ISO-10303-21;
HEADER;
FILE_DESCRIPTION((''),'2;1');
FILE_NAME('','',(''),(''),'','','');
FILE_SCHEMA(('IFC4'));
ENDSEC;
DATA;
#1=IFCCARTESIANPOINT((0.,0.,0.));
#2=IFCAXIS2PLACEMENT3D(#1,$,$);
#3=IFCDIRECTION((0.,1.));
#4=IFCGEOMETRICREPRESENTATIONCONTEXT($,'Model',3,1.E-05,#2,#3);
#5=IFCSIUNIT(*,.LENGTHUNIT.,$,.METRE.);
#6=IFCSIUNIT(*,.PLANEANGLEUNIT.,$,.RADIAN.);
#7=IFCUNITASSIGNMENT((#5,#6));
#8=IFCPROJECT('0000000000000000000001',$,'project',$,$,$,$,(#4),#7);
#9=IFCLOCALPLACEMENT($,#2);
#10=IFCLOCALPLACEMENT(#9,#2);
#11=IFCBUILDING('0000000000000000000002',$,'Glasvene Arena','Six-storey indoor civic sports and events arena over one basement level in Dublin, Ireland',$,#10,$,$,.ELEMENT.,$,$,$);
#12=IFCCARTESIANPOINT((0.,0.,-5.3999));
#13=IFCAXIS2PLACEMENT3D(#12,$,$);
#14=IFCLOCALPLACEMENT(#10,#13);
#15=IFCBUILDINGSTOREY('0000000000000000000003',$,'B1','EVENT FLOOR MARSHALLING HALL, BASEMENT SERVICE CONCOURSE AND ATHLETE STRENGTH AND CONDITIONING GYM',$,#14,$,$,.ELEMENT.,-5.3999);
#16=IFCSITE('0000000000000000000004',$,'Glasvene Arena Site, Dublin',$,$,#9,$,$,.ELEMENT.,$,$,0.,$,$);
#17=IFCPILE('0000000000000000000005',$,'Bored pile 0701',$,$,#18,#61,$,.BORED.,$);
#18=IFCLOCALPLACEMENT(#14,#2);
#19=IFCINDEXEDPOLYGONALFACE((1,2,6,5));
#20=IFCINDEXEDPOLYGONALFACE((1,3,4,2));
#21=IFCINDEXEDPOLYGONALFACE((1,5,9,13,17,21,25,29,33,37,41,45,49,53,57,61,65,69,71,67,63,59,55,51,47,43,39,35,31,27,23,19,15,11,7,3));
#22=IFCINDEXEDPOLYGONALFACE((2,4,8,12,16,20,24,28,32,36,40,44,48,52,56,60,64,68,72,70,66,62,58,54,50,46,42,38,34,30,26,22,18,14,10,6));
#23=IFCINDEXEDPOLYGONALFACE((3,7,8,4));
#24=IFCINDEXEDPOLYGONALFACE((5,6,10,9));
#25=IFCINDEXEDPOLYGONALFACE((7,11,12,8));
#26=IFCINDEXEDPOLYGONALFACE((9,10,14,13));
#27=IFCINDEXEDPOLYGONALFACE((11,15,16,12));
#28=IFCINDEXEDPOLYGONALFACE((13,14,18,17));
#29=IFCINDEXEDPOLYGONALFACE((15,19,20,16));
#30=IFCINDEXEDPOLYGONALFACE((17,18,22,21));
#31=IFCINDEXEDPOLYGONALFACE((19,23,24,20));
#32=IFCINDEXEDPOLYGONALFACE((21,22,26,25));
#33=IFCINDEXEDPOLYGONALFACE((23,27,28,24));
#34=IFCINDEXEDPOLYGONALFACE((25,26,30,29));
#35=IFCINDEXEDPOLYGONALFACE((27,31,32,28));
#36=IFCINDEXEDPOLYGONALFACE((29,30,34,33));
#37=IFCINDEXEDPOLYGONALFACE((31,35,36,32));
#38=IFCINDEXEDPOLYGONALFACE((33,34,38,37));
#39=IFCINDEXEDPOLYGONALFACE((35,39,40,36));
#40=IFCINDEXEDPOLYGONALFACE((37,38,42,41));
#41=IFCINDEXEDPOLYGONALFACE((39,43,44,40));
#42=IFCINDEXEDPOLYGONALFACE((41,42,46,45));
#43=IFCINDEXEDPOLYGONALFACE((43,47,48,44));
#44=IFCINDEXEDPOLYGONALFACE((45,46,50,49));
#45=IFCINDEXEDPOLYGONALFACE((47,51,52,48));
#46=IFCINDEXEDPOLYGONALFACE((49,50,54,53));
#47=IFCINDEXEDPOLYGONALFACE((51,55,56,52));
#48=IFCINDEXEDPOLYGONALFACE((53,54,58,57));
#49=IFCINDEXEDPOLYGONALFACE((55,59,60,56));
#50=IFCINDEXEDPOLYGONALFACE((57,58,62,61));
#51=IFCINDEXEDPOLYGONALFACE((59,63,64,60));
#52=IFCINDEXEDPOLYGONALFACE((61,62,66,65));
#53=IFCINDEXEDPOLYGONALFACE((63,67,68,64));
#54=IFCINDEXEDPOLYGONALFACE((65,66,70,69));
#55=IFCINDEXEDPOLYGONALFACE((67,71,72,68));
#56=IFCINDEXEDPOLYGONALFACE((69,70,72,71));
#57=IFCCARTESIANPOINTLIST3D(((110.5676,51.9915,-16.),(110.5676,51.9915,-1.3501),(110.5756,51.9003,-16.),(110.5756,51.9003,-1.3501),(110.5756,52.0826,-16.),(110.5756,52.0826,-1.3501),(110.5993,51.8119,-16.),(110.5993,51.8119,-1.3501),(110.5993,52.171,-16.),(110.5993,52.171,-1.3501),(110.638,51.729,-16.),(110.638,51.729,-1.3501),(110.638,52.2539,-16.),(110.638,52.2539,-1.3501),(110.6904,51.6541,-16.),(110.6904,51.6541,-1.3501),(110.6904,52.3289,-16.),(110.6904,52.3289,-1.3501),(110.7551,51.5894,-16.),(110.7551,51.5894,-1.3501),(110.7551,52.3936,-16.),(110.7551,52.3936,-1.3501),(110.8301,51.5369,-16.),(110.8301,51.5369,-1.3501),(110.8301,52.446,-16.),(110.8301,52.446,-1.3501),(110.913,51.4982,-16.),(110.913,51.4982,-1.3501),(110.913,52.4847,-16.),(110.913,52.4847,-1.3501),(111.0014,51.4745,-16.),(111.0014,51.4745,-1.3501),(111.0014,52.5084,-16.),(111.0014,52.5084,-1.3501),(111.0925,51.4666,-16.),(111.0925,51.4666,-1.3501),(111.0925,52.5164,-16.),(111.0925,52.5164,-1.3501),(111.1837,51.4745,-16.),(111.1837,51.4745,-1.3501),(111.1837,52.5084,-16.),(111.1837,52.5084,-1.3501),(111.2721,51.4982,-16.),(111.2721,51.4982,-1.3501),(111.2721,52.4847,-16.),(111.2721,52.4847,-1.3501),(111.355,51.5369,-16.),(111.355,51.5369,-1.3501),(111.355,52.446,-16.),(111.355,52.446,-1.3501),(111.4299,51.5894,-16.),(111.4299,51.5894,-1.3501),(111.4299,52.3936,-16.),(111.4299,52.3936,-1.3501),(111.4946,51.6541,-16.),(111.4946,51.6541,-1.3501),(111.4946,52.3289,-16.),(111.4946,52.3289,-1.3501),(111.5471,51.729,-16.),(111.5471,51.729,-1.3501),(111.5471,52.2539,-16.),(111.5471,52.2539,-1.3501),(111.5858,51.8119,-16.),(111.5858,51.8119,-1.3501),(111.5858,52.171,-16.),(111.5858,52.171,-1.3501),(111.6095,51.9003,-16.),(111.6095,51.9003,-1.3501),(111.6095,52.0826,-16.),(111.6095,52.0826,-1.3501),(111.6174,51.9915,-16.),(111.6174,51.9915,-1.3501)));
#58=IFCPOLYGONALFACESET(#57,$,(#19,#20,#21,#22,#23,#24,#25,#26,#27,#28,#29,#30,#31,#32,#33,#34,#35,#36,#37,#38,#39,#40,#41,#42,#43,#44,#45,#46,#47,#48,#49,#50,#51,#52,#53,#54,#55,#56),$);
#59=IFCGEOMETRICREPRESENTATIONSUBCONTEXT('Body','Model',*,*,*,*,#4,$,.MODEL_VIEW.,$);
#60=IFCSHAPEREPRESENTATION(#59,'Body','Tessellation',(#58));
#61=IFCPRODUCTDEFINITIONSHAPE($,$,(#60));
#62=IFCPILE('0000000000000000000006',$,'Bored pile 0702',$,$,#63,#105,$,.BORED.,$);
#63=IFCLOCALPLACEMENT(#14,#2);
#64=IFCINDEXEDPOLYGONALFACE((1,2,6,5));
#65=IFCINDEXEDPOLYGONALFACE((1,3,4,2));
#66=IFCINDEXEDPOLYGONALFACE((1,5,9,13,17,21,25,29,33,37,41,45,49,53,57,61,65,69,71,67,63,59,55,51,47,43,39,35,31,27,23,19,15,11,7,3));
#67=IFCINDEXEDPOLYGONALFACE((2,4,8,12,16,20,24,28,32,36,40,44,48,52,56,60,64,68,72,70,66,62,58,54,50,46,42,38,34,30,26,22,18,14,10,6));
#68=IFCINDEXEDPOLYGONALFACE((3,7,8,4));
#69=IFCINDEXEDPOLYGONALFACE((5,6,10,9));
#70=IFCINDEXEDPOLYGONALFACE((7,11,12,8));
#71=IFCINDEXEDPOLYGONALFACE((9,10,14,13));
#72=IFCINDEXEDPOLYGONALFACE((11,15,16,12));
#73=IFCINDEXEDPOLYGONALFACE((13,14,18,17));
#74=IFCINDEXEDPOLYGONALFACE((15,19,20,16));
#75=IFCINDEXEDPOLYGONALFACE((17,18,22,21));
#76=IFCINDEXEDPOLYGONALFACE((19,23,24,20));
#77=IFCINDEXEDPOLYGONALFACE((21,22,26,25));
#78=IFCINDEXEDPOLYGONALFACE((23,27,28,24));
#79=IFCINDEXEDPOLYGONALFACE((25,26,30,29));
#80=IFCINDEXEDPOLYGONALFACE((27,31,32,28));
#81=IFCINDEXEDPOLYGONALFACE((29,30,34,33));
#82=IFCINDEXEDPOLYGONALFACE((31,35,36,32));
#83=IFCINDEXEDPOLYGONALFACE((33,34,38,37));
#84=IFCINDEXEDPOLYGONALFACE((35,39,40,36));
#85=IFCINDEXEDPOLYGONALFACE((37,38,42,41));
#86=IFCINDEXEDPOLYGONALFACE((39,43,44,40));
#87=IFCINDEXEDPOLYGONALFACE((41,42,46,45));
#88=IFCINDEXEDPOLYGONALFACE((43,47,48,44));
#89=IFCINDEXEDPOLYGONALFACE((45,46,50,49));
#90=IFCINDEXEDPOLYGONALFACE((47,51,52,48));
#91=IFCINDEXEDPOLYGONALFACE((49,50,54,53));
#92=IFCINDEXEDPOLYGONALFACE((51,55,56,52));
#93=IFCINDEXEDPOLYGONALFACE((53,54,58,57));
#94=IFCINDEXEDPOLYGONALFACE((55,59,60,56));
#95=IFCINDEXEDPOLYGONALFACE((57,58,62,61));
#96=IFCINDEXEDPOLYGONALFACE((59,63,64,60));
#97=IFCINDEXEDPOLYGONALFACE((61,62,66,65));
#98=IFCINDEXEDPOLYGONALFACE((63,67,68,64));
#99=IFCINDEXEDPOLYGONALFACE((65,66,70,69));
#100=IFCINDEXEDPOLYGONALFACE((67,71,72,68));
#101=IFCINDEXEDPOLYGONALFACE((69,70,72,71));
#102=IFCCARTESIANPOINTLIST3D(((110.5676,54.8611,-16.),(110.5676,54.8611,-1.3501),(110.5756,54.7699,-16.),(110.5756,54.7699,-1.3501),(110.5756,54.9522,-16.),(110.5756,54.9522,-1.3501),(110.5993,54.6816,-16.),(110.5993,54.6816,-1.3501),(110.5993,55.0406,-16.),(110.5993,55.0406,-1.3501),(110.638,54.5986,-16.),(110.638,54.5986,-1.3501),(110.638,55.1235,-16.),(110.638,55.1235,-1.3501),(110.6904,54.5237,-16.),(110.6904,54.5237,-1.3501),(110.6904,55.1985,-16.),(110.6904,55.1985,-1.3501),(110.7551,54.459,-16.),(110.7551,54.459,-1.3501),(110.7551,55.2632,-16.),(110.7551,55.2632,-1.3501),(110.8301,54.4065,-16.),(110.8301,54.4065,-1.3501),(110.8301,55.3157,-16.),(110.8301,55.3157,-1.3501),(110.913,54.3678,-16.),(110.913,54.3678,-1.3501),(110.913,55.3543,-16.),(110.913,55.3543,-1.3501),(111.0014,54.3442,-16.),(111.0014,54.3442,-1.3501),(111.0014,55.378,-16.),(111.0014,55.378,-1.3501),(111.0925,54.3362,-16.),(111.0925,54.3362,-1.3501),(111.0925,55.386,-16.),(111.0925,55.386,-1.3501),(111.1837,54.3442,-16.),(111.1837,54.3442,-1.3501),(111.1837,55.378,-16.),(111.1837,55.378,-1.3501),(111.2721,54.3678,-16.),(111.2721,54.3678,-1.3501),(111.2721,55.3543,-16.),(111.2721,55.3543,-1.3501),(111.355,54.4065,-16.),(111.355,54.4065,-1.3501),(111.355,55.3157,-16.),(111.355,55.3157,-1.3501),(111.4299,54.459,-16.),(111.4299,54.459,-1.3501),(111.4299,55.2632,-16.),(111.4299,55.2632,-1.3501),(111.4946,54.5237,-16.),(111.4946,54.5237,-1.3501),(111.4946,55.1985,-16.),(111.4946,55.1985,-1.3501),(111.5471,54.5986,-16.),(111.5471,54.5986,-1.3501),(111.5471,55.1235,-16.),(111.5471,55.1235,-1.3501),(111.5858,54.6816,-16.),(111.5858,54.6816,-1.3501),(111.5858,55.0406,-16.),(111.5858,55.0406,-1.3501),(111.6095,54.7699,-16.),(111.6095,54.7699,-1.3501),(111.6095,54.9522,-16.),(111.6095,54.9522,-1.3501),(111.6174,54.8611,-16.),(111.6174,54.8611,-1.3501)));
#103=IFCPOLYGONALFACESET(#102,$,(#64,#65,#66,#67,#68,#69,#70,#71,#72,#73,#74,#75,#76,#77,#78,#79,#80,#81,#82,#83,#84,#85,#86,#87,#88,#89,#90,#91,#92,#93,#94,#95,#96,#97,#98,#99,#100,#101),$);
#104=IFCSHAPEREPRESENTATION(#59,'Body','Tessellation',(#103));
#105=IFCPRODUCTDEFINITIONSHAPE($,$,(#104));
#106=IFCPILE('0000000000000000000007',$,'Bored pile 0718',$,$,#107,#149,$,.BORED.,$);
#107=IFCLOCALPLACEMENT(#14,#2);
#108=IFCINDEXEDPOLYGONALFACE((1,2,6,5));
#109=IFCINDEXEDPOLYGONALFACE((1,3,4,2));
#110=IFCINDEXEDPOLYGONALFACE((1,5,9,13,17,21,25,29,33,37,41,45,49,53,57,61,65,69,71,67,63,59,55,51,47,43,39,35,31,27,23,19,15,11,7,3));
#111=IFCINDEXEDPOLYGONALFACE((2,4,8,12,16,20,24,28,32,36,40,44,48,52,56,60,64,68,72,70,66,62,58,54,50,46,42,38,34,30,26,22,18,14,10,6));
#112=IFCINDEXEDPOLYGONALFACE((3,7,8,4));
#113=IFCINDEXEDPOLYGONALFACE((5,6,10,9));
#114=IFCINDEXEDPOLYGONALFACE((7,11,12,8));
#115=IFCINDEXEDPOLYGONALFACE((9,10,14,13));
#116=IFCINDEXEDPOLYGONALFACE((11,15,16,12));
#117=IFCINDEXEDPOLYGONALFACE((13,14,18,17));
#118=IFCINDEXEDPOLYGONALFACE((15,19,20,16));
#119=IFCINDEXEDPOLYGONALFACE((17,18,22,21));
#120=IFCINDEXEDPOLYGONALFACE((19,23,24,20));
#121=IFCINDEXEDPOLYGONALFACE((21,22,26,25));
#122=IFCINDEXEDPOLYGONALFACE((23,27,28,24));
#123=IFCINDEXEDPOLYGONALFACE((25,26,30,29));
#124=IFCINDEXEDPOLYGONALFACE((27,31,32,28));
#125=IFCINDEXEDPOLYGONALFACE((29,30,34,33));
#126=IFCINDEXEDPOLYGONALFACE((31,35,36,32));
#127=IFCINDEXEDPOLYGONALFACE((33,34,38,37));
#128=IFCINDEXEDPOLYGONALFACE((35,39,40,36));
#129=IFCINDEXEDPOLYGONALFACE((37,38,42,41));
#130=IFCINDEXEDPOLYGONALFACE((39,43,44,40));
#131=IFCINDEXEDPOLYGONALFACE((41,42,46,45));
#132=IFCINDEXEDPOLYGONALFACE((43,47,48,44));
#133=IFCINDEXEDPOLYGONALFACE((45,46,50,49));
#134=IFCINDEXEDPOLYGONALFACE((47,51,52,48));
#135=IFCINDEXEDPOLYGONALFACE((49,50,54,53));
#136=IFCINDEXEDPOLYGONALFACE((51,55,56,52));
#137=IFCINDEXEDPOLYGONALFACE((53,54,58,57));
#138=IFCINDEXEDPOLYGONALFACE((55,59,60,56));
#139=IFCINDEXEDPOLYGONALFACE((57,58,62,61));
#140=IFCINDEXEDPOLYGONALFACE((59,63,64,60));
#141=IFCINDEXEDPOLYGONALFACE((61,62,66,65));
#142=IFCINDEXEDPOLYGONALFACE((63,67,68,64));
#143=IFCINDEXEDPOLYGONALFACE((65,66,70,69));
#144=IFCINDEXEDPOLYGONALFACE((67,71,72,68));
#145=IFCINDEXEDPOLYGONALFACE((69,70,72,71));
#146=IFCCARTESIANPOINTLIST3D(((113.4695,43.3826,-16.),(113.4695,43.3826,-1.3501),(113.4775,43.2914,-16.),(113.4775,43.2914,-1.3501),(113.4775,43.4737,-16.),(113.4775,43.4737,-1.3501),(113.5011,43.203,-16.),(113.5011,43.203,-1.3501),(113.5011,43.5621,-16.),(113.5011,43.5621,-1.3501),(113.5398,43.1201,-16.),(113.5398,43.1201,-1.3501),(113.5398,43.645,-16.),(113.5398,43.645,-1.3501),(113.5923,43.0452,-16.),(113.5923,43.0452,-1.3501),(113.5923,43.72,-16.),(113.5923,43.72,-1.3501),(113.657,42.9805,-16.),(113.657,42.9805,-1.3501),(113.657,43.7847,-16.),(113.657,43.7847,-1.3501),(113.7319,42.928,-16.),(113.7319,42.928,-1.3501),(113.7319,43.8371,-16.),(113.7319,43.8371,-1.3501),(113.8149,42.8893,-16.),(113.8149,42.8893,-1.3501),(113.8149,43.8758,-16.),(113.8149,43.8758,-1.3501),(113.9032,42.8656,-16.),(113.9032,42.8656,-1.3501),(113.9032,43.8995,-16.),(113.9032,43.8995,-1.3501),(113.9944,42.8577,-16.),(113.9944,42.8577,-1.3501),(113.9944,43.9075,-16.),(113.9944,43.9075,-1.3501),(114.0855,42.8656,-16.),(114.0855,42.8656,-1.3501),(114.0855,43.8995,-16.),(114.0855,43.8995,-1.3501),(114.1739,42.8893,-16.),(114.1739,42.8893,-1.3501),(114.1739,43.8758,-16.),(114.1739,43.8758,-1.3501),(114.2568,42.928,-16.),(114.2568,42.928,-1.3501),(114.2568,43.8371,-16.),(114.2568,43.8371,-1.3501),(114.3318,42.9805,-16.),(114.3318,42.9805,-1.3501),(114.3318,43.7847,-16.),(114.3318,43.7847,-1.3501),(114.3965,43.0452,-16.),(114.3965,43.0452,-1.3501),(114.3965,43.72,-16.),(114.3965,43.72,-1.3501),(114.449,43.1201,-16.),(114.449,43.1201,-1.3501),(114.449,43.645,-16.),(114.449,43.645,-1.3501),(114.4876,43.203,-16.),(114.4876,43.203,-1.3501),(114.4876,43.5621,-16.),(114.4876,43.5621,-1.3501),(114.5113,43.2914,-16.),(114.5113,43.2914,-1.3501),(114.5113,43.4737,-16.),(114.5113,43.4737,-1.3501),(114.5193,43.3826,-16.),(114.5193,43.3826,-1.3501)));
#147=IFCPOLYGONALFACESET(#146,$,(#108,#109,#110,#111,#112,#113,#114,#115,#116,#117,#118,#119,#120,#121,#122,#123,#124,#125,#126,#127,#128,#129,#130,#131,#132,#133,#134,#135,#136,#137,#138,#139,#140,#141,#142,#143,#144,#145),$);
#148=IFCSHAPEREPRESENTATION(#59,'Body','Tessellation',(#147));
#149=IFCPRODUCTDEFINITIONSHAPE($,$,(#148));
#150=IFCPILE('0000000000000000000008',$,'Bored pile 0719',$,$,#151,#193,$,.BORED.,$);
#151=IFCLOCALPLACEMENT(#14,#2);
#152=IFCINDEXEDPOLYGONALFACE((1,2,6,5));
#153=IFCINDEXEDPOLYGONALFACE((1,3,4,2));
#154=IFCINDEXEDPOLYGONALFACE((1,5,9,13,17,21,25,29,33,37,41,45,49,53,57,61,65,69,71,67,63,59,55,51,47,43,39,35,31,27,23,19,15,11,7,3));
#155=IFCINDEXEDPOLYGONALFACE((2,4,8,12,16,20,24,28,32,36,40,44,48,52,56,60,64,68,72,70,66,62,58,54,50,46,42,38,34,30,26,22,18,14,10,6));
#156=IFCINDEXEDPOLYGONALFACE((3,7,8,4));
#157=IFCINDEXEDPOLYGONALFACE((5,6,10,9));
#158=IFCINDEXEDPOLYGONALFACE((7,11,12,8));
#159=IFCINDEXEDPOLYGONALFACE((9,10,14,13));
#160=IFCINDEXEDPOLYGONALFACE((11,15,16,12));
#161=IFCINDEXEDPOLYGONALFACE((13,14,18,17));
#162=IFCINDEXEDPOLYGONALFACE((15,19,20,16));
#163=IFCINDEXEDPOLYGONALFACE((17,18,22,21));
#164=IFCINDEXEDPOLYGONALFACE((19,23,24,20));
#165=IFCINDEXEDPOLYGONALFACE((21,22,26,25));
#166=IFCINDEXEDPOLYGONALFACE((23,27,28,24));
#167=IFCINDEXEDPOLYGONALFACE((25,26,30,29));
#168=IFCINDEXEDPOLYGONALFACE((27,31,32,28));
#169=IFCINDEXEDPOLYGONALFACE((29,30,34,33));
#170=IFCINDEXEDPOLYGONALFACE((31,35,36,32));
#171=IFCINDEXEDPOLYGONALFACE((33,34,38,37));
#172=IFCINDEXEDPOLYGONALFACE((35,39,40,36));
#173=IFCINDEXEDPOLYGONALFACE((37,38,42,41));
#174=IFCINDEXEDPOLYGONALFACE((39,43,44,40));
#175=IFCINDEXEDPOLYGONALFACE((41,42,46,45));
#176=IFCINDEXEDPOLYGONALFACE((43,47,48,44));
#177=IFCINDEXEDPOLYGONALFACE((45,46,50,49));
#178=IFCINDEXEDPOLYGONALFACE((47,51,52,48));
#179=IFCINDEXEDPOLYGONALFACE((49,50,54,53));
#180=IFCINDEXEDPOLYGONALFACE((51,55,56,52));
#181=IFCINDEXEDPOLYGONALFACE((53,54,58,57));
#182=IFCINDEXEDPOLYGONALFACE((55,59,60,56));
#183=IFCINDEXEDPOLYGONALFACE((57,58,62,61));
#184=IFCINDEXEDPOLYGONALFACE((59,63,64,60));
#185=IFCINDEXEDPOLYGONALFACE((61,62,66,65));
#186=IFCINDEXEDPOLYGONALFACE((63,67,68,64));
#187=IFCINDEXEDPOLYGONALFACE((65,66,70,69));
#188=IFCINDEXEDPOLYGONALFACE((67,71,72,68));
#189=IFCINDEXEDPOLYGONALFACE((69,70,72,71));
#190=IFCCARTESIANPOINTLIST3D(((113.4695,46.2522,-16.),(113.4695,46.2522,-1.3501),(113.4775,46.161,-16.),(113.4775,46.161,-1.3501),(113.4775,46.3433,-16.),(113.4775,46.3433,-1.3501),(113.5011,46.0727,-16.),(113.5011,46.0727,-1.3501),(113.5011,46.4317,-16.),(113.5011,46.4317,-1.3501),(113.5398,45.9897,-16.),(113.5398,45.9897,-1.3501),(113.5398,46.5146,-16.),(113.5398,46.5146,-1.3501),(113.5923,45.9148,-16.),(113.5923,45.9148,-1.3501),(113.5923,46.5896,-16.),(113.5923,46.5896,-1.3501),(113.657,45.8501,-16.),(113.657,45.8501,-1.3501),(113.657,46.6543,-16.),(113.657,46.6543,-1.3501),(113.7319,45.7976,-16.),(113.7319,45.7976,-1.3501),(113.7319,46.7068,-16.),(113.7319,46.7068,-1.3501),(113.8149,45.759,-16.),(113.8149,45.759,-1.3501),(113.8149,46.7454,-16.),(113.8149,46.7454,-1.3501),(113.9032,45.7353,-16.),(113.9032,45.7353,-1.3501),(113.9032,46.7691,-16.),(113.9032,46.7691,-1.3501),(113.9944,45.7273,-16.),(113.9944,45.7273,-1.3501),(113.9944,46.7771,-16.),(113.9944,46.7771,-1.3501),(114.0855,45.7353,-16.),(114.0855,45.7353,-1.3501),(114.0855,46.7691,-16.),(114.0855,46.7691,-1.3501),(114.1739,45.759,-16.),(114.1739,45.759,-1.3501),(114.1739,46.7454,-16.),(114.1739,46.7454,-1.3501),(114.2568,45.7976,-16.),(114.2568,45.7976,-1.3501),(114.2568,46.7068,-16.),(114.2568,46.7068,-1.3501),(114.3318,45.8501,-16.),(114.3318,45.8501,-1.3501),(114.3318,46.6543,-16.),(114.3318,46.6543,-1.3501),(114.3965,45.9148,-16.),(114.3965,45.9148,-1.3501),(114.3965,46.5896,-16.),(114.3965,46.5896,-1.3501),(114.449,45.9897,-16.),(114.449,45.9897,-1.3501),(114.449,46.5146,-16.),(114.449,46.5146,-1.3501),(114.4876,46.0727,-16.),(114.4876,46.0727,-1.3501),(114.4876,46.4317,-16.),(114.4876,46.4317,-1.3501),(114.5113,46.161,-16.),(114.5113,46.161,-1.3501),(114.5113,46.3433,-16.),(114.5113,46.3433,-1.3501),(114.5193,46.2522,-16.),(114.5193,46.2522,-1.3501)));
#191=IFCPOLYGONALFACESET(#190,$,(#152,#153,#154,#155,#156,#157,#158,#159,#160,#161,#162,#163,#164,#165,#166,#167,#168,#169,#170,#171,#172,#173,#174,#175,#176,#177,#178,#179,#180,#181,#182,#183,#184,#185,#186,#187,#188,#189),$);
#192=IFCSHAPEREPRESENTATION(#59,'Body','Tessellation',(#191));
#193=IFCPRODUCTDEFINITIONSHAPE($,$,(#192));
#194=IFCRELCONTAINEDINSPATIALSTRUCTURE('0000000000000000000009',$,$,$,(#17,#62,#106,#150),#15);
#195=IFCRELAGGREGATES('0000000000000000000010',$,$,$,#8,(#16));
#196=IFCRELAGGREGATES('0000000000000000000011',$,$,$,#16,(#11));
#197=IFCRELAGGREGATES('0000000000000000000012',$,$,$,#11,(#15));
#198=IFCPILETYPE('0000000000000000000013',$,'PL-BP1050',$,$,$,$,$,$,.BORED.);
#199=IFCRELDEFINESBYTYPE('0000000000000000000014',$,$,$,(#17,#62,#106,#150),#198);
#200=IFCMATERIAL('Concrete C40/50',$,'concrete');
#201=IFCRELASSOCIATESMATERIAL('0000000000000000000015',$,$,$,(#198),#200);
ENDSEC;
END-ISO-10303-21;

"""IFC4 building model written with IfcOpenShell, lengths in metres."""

from ifc_helpers import new_model, si_unit, direction, frame, origin, origin_2d, place, context, subcontext, project, spatial, circle, extrude, material, material_profile, profile_set, type_object, element, save


model = new_model("IFC4")

# Units and contexts
model_context = context("Model", 3, precision=1e-05, world=origin(), true_north=direction((0.0, 1.0)))
body_context = subcontext(model_context, "Body", "Model", "MODEL_VIEW")
ifc_project = project(units=[si_unit("LENGTHUNIT", "METRE"), si_unit("PLANEANGLEUNIT", "RADIAN")], contexts=[model_context])

# Site, building, storey
site_placement = place(None, origin())
site = spatial("IfcSite", under=ifc_project, at=site_placement, Name="Glasvene Arena Site, Dublin", CompositionType="ELEMENT", RefElevation=0.0)
building_placement = place(site_placement, origin())
building = spatial("IfcBuilding", under=site, at=building_placement, Name="Glasvene Arena", Description="Six-storey indoor civic sports and events arena over one basement level in Dublin, Ireland", CompositionType="ELEMENT")
storey_placement = place(building_placement, frame((0.0, 0.0, -5.3999)))
storey = spatial("IfcBuildingStorey", under=building, at=storey_placement, Name="B1", Description="EVENT FLOOR MARSHALLING HALL, BASEMENT SERVICE CONCOURSE AND ATHLETE STRENGTH AND CONDITIONING GYM", CompositionType="ELEMENT", Elevation=-5.3999)

# Piles
ifc_material_1 = material(Name="Concrete C40/50", Category="concrete")
ifc_material_profile_1 = material_profile(ifc_material_1, circle(Radius=0.5249, at=origin_2d()), Name="BORED PILE 1050")
ifc_profile_set_1 = profile_set([ifc_material_profile_1], Name="Concrete C40/50")
pile_type = type_object("IfcPileType", Name="PL-BP1050", PredefinedType="BORED", material=ifc_profile_set_1)
for number, where, z_axis, x_axis, name in (
    (1, (111.0925, 51.9915, -1.3501), (0.0, 0.0, -1.0), (1.0, 0.0, 0.0), "Bored pile 0701"),
    (2, (111.0925, 54.8611, -1.3501), (0.0, 0.0, -1.0), (1.0, 0.0, 0.0), "Bored pile 0702"),
    (3, (113.9944, 43.3826, -1.3501), (0.0, 0.0, -1.0), (1.0, 0.0, 0.0), "Bored pile 0718"),
    (4, (113.9944, 46.2522, -1.3501), (0.0, 0.0, -1.0), (1.0, 0.0, 0.0), "Bored pile 0719"),
):
    element("IfcPile", number, at=place(storey_placement, frame(where, z_axis=z_axis, x_axis=x_axis)), inside=storey, type_object=pile_type, Name=name, PredefinedType="BORED", context=body_context, shape_type="SweptSolid", body=[
        extrude(circle(Radius=0.5249, at=origin_2d()), origin(), (0.0, 0.0, 1.0), 14.6499),
    ])

save(model, "model.ifc")
